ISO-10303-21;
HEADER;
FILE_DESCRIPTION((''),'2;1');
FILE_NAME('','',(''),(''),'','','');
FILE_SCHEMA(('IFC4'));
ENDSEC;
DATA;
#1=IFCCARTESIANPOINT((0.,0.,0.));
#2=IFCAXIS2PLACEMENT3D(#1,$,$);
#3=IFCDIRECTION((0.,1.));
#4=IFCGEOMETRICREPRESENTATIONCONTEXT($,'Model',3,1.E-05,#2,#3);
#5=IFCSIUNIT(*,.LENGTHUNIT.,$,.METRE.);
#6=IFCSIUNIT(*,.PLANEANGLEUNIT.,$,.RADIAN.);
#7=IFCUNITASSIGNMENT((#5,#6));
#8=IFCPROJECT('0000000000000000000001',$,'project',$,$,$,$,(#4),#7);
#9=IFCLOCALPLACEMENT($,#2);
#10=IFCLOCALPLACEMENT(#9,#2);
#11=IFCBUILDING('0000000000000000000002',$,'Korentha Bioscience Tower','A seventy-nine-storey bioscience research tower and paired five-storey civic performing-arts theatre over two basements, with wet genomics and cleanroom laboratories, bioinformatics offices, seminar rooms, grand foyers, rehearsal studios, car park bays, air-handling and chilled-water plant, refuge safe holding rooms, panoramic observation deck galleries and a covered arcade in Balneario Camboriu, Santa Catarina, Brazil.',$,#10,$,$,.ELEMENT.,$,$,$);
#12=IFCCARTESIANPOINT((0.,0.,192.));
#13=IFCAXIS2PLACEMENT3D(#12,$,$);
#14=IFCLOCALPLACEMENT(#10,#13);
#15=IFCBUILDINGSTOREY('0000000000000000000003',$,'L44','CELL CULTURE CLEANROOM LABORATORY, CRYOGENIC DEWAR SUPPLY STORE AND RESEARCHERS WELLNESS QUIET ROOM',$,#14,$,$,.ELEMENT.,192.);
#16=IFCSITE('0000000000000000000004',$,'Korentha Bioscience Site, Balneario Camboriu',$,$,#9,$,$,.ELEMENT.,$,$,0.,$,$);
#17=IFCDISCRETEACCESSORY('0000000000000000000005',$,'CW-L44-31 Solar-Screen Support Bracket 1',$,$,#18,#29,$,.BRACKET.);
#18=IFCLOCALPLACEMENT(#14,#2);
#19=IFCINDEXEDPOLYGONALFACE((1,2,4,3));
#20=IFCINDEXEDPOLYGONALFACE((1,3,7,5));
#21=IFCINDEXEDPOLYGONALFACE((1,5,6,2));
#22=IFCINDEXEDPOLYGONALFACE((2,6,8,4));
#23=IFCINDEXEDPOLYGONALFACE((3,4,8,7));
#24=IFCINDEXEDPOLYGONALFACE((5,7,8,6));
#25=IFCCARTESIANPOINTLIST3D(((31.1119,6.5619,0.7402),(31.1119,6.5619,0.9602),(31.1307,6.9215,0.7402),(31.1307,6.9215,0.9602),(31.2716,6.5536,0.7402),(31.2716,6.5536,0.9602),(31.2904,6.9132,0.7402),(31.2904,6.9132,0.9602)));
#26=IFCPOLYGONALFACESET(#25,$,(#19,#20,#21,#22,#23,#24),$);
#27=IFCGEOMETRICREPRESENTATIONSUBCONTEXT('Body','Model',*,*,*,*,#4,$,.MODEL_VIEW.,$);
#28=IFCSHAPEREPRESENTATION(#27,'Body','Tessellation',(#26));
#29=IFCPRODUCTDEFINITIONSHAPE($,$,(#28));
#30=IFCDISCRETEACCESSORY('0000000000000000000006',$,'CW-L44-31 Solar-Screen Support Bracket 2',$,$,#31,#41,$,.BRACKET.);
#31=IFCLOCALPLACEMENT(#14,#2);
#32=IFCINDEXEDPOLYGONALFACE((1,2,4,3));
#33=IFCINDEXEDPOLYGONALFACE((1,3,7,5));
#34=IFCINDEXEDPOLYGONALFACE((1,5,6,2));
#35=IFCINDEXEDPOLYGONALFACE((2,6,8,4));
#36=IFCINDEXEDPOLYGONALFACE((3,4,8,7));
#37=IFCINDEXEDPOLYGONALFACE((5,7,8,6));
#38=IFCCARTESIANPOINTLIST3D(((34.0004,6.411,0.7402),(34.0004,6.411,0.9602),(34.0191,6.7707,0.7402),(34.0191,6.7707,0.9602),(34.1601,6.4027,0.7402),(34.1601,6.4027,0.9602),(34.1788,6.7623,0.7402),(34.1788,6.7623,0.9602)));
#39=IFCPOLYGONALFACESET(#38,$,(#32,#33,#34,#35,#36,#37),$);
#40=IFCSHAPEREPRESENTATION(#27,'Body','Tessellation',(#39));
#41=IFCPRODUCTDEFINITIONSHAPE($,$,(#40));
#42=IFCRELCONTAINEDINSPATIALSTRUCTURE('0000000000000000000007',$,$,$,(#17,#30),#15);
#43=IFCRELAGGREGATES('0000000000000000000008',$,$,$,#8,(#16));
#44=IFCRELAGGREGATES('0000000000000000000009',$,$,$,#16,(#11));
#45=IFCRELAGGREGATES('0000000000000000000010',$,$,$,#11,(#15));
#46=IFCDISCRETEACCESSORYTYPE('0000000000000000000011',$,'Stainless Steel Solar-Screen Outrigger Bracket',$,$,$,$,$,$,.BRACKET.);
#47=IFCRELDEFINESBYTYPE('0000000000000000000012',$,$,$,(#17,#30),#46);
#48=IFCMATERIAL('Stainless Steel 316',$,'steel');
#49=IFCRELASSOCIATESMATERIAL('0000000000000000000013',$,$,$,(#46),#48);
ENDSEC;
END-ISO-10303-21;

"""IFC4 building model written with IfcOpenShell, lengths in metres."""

from ifc_helpers import new_model, si_unit, direction, frame, origin, origin_2d, place, context, subcontext, project, spatial, rectangle, extrude, material, type_object, element, save


model = new_model("IFC4")

# Units and contexts
model_context = context("Model", 3, precision=1e-05, world=origin(), true_north=direction((0.0, 1.0)))
body_context = subcontext(model_context, "Body", "Model", "MODEL_VIEW")
ifc_project = project(units=[si_unit("LENGTHUNIT", "METRE"), si_unit("PLANEANGLEUNIT", "RADIAN")], contexts=[model_context])

# Site, building, storey
site_placement = place(None, origin())
site = spatial("IfcSite", under=ifc_project, at=site_placement, Name="Korentha Bioscience Site, Balneario Camboriu", CompositionType="ELEMENT", RefElevation=0.0)
building_placement = place(site_placement, origin())
building = spatial("IfcBuilding", under=site, at=building_placement, Name="Korentha Bioscience Tower", Description="A seventy-nine-storey bioscience research tower and paired five-storey civic performing-arts theatre over two basements, with wet genomics and cleanroom laboratories, bioinformatics offices, seminar rooms, grand foyers, rehearsal studios, car park bays, air-handling and chilled-water plant, refuge safe holding rooms, panoramic observation deck galleries and a covered arcade in Balneario Camboriu, Santa Catarina, Brazil.", CompositionType="ELEMENT")
storey_placement = place(building_placement, frame((0.0, 0.0, 192.0)))
storey = spatial("IfcBuildingStorey", under=building, at=storey_placement, Name="L44", Description="CELL CULTURE CLEANROOM LABORATORY, CRYOGENIC DEWAR SUPPLY STORE AND RESEARCHERS WELLNESS QUIET ROOM", CompositionType="ELEMENT", Elevation=192.0)

# Discrete accessories
ifc_material_1 = material(Name="Stainless Steel 316", Category="steel")
discrete_accessory_type = type_object("IfcDiscreteAccessoryType", Name="Stainless Steel Solar-Screen Outrigger Bracket", PredefinedType="BRACKET", material=ifc_material_1)
for number, where, z_axis, x_axis, name in (
    (1, (31.2012, 6.7375, 0.7402), (0.0, 0.0, 1.0), (0.998638, -0.05218, 0.0), "CW-L44-31 Solar-Screen Support Bracket 1"),
    (2, (34.0896, 6.5867, 0.7402), (0.0, 0.0, 1.0), (0.998638, -0.05218, 0.0), "CW-L44-31 Solar-Screen Support Bracket 2"),
):
    element("IfcDiscreteAccessory", number, at=place(storey_placement, frame(where, z_axis=z_axis, x_axis=x_axis)), inside=storey, type_object=discrete_accessory_type, Name=name, PredefinedType="BRACKET", context=body_context, shape_type="SweptSolid", body=[
        extrude(rectangle(XDim=0.1599, YDim=0.3601, at=origin_2d()), origin(), (0.0, 0.0, 1.0), 0.22),
    ])

save(model, "model.ifc")
